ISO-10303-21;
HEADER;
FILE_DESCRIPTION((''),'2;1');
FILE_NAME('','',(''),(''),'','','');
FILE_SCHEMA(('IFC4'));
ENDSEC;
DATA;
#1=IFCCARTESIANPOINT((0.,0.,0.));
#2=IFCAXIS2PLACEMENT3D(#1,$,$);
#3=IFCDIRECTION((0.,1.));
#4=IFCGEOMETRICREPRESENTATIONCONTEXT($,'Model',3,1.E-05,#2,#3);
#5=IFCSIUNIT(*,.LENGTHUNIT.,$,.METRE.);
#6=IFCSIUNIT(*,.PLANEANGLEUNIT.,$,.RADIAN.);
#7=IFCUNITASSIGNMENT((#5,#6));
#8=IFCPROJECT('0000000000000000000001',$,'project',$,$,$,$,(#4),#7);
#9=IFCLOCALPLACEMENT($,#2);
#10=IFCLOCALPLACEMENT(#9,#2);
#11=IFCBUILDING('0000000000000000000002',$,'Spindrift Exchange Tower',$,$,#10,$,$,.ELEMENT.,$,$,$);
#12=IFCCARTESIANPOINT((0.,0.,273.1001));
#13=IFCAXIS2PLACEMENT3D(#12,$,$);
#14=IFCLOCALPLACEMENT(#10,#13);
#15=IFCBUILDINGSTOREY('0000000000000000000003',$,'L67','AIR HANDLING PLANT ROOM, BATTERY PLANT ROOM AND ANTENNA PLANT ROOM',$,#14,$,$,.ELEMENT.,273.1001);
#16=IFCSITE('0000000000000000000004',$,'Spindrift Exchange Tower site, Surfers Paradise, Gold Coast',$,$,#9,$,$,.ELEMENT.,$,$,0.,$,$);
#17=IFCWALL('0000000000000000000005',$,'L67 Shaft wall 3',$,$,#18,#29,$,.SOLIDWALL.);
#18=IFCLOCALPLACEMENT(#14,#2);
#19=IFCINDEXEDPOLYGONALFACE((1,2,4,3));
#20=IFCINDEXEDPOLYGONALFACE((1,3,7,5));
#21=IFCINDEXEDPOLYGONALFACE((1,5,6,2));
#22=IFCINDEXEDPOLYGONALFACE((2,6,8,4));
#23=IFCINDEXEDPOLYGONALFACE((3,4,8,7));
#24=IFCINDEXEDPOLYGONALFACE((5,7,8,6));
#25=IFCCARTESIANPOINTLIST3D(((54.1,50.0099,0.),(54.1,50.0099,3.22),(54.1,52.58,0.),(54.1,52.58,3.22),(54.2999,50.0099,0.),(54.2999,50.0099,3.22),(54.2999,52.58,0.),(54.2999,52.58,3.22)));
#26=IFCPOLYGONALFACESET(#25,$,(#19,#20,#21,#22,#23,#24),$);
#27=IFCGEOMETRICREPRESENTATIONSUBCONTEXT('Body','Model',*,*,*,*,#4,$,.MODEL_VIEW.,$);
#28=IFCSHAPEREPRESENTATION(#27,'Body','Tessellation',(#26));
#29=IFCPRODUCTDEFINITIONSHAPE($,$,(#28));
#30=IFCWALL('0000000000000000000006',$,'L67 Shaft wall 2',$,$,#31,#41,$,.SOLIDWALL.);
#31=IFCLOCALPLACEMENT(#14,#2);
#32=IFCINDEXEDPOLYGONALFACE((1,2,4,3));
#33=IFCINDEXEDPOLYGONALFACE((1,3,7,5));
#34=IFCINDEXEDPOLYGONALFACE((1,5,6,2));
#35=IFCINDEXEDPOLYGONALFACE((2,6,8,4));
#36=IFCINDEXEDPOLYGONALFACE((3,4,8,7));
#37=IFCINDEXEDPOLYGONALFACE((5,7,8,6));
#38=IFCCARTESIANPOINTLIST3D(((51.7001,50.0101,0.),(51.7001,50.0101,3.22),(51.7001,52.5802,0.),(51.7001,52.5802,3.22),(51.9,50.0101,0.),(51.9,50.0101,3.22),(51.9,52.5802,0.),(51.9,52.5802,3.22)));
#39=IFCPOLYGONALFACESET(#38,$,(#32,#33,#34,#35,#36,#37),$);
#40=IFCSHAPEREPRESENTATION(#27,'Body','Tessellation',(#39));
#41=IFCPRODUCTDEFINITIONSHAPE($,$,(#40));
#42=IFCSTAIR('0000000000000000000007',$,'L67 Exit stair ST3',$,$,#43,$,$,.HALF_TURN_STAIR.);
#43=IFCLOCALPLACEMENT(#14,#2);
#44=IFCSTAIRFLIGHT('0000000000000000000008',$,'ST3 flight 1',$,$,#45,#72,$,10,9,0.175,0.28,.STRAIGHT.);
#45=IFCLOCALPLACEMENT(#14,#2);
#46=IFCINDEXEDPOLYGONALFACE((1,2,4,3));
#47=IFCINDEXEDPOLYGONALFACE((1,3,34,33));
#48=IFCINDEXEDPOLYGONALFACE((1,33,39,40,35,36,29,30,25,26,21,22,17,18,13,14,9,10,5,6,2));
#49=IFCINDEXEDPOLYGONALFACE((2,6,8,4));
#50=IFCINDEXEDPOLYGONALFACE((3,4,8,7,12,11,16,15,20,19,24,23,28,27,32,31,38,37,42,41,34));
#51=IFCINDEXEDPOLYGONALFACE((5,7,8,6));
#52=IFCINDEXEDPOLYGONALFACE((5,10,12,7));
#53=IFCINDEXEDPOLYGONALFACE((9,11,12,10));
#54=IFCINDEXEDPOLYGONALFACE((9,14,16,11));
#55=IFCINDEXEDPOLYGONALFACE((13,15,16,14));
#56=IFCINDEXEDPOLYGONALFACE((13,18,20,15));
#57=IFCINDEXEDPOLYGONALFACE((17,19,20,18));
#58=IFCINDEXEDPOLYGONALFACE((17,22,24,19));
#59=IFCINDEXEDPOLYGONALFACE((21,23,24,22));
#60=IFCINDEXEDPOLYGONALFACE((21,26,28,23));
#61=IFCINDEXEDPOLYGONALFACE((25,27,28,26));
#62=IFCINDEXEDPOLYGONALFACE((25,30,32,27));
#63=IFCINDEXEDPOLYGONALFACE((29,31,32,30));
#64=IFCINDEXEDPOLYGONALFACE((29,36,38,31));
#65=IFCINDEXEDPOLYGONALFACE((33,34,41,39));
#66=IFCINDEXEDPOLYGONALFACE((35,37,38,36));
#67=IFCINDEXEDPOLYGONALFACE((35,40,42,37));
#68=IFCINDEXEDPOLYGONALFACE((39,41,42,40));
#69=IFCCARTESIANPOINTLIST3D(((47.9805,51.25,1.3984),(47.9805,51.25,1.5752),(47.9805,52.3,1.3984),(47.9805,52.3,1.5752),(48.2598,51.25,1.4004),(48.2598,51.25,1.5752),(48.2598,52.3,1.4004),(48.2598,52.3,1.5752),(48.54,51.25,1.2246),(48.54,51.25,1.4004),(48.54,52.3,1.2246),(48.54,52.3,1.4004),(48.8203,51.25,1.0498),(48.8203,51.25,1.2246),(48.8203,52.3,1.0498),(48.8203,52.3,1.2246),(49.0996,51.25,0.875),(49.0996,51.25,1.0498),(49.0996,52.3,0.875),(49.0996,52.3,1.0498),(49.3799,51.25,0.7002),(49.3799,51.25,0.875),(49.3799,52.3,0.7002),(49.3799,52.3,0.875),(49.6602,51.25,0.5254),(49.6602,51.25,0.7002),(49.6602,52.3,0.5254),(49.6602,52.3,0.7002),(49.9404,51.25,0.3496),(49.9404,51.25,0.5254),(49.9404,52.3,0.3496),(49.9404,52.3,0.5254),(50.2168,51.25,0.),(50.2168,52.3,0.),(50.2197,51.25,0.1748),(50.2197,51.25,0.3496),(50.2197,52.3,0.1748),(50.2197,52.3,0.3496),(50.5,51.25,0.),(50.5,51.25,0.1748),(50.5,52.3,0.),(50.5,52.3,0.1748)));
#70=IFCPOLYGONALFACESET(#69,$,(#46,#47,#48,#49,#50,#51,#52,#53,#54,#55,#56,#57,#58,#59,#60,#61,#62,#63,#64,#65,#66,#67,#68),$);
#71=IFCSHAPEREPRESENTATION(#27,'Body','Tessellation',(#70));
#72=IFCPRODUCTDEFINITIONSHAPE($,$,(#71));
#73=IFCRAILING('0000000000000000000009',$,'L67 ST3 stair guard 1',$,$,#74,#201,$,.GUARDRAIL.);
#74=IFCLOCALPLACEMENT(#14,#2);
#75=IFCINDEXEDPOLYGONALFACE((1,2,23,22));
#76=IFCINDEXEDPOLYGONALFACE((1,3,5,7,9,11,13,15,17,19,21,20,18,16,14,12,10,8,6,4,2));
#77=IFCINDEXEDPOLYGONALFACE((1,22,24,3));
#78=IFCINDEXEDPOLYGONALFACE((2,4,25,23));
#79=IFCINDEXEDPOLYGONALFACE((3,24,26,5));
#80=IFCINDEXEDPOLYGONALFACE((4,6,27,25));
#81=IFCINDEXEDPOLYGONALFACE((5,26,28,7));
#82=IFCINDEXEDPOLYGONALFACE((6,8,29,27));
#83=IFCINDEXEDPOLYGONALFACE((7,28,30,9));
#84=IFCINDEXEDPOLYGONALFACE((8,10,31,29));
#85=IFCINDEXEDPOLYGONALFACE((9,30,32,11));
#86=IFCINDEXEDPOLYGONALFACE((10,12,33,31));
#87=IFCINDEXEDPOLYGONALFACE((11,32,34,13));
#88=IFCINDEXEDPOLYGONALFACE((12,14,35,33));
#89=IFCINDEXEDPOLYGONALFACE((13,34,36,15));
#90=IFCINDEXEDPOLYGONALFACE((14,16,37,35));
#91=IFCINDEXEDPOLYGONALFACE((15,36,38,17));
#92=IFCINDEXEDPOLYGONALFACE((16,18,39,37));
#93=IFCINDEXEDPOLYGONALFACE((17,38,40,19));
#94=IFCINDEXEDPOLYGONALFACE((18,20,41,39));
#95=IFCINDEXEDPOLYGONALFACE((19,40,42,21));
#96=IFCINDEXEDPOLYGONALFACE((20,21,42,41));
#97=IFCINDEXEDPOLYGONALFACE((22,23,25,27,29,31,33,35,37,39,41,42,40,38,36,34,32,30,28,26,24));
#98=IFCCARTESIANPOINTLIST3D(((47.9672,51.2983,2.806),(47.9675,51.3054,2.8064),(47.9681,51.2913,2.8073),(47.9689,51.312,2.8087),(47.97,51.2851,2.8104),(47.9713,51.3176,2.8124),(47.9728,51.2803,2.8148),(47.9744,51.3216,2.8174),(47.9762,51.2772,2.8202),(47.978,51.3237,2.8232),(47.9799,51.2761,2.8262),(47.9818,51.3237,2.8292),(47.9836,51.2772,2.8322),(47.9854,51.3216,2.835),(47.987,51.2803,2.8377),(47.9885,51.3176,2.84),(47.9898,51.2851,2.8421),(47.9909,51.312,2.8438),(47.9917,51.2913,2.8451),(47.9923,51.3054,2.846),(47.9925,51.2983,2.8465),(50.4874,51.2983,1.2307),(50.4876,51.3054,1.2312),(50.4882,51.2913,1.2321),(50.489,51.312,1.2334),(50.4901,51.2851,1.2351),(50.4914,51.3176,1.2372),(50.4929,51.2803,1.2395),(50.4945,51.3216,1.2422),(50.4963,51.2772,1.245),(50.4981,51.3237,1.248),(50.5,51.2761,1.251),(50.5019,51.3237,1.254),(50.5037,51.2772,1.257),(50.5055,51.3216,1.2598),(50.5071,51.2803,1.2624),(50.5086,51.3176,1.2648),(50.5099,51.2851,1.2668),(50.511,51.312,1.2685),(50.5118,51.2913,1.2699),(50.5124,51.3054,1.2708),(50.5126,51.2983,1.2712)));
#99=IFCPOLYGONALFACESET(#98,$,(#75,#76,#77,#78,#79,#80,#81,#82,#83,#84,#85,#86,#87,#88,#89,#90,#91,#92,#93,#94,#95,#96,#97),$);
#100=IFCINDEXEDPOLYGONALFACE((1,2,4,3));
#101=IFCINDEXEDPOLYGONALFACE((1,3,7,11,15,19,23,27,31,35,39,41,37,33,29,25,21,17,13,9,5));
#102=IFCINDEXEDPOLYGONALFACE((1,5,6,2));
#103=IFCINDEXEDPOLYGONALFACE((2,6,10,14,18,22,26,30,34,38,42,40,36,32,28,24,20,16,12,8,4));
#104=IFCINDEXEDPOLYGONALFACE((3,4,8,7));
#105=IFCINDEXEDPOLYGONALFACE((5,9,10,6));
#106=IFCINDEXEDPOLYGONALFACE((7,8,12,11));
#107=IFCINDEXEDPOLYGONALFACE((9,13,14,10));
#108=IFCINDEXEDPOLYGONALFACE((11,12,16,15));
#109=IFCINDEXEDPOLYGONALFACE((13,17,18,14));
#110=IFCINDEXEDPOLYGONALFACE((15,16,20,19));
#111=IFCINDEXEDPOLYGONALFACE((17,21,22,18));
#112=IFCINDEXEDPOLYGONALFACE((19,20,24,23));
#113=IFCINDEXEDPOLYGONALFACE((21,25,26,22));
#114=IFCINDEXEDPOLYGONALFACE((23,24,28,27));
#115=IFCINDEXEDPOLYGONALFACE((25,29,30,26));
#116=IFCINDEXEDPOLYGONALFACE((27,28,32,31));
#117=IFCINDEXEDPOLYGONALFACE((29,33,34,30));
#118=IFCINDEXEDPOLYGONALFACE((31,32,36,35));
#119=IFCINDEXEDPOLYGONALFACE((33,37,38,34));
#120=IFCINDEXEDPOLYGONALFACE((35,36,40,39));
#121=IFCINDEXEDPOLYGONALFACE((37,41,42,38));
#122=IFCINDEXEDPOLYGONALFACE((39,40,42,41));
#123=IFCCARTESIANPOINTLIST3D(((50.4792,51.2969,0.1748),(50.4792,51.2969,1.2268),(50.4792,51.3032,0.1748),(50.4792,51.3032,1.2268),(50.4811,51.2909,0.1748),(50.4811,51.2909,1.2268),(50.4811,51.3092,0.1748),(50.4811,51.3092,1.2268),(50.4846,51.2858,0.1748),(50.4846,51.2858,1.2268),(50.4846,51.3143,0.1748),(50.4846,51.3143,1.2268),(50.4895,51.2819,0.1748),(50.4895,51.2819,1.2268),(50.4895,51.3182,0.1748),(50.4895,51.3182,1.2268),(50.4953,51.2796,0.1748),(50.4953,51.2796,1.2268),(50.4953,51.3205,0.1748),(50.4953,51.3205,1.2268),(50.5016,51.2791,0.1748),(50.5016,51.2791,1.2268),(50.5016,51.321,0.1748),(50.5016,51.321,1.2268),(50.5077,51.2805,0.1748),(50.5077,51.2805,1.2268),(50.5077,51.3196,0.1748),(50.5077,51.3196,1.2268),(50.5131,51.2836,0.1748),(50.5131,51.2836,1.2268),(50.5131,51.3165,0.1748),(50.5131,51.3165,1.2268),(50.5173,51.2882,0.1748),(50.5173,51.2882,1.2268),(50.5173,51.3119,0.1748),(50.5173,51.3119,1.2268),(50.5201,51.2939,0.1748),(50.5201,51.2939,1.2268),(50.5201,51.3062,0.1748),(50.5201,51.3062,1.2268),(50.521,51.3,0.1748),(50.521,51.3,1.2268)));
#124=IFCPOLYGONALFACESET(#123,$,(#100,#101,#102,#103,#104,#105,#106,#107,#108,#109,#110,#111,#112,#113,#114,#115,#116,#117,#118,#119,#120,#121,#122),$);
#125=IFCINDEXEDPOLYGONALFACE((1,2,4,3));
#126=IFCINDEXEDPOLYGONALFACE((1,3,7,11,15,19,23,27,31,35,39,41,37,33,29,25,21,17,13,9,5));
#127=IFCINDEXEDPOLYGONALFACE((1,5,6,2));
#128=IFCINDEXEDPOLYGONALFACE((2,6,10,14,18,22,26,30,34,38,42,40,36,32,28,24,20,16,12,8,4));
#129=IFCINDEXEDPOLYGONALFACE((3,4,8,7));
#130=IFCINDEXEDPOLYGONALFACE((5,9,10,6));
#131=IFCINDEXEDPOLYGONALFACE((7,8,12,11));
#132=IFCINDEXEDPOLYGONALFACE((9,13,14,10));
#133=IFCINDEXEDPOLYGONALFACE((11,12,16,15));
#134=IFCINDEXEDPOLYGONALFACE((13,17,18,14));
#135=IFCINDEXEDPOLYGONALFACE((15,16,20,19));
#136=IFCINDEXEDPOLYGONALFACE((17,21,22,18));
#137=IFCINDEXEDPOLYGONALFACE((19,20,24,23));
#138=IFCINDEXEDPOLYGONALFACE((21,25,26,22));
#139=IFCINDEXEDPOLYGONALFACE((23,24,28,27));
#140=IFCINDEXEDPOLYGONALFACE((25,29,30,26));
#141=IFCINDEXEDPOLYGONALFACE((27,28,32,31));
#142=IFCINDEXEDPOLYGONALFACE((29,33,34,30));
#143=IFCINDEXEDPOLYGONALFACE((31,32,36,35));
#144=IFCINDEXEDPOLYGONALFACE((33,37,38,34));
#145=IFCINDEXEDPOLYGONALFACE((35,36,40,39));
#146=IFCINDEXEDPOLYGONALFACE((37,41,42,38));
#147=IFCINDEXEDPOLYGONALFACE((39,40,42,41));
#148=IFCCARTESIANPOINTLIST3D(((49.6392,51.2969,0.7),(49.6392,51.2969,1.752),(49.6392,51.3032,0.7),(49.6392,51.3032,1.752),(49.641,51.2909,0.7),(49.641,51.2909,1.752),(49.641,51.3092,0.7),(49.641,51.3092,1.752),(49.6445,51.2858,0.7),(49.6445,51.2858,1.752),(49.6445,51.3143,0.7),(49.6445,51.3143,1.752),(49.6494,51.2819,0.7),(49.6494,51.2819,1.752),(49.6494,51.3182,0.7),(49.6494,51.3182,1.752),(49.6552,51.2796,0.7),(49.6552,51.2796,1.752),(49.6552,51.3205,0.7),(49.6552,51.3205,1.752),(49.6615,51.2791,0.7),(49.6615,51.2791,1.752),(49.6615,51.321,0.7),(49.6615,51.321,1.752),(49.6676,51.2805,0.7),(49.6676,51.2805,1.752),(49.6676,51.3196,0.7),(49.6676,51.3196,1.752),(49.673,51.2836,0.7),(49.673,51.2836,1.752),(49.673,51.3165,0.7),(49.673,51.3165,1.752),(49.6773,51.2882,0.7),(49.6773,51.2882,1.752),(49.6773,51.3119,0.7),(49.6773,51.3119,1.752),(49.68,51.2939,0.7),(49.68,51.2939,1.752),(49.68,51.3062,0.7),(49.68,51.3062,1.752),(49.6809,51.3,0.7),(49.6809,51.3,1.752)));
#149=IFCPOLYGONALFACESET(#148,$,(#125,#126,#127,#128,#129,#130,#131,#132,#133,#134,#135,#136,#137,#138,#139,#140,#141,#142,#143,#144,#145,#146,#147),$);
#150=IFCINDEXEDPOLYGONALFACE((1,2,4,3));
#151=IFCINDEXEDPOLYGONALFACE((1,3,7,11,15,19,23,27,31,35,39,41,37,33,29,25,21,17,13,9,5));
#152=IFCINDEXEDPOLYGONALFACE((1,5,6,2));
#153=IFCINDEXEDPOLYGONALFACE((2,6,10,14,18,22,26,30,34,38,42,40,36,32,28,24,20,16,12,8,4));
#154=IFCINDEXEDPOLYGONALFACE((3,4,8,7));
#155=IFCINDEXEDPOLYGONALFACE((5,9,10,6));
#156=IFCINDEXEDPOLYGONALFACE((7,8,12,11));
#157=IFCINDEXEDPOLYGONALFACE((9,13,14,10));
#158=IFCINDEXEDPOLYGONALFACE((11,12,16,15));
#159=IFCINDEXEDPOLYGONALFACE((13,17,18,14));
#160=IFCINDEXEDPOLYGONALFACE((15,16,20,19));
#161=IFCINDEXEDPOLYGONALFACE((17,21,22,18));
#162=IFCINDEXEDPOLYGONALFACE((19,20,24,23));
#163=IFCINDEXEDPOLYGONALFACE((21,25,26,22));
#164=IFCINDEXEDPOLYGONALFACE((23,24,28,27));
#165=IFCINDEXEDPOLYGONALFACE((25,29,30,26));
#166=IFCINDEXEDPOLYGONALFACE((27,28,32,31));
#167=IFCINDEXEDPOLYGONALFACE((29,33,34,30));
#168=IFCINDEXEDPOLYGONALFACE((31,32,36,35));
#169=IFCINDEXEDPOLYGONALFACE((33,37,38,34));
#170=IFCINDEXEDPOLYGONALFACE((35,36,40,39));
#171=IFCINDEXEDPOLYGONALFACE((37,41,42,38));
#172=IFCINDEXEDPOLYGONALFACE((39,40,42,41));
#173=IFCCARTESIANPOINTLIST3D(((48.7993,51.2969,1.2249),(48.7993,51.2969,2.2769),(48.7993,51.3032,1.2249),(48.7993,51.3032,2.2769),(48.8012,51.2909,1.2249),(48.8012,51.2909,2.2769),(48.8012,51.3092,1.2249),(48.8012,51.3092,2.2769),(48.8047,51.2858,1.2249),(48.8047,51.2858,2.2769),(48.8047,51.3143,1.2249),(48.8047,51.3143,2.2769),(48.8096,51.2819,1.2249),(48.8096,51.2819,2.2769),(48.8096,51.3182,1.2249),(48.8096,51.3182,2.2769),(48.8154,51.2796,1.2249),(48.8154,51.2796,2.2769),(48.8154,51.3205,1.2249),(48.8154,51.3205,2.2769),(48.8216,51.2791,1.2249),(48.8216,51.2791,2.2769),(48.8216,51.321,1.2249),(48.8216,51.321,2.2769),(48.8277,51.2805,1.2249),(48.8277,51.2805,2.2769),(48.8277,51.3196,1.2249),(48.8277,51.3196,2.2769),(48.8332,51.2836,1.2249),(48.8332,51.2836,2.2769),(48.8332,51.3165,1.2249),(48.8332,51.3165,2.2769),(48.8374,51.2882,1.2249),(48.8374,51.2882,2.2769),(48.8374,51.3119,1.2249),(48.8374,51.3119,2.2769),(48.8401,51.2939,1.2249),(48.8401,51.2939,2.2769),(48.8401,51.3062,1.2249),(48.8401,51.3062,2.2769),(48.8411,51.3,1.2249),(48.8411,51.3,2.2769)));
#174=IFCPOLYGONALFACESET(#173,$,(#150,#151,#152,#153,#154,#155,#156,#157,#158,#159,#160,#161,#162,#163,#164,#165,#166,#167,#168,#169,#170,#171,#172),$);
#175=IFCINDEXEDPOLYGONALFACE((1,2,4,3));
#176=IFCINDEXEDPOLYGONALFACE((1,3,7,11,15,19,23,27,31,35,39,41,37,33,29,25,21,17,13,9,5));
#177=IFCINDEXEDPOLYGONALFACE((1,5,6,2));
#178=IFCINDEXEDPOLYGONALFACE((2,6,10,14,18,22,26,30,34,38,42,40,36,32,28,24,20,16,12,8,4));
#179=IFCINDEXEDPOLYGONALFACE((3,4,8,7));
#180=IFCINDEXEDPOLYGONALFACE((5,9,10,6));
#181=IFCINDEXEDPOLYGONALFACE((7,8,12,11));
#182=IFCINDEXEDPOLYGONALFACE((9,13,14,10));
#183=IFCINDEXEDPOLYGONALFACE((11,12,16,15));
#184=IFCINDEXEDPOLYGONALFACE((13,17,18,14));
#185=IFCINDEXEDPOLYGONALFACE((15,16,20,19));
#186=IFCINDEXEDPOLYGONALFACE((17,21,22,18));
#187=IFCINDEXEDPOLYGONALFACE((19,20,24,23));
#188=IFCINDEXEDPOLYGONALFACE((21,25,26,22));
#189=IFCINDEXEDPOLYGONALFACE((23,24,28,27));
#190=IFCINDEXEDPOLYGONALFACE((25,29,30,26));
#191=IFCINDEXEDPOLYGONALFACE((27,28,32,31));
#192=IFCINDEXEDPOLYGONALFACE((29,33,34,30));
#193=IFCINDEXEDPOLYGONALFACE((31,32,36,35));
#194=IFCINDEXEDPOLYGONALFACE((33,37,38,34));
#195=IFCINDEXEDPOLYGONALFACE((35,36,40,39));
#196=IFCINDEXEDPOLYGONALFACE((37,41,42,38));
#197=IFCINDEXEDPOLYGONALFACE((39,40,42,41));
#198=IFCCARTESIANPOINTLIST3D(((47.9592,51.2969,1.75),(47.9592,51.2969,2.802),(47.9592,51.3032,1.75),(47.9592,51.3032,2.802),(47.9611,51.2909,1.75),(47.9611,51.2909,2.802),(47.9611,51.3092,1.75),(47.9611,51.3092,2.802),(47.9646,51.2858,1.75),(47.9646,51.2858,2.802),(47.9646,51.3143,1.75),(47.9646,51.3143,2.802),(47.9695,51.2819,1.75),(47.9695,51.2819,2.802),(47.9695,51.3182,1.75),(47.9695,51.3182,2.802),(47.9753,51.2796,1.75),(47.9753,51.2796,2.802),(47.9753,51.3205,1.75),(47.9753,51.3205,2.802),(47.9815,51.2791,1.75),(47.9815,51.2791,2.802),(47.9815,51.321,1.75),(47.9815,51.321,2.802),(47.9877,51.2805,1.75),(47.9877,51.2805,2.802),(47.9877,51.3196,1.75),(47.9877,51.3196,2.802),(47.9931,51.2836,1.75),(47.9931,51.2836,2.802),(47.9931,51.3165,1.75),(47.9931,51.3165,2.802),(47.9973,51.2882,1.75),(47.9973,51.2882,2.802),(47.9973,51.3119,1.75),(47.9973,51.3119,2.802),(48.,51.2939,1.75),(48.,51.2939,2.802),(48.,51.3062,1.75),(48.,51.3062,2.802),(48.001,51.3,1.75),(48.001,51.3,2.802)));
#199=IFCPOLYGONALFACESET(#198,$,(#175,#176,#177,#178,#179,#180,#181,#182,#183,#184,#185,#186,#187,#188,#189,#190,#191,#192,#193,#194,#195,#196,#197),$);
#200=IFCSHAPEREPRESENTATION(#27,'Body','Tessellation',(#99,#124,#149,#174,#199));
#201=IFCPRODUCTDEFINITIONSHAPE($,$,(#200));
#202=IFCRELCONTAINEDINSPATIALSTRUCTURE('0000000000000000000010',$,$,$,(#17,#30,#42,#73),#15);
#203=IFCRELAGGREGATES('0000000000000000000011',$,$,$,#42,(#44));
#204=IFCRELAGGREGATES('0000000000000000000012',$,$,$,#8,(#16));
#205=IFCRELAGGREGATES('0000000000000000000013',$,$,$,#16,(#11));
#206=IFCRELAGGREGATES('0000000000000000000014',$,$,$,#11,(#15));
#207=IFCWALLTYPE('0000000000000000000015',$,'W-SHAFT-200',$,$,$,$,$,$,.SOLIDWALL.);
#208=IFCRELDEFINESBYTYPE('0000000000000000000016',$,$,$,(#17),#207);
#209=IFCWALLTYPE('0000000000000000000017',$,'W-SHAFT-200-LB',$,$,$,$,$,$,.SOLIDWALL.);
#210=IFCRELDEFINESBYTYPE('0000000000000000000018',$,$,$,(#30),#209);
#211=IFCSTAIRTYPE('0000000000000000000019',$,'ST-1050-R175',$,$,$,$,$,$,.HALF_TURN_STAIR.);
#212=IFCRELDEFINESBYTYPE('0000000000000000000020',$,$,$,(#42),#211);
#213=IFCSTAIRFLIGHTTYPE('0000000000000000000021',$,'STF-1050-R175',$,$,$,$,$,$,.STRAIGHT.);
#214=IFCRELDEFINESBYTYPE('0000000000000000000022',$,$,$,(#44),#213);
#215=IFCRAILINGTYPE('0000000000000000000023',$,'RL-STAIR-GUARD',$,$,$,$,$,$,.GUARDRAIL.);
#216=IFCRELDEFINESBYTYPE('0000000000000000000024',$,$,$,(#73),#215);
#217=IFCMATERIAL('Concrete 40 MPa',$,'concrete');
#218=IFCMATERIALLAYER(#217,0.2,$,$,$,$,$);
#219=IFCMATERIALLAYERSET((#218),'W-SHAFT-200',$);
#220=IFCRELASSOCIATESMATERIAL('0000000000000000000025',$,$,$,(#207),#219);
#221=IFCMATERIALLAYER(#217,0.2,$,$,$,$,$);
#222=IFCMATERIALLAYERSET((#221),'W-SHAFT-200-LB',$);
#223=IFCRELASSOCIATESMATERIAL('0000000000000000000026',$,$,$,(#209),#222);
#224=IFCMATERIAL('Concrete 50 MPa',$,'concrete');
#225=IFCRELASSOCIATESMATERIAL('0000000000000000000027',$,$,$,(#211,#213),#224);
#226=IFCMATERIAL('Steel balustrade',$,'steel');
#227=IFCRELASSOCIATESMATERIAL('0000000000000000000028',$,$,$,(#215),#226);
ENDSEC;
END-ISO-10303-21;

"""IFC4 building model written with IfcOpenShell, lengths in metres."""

from ifc_helpers import new_model, si_unit, direction, frame, frame_2d, origin, origin_2d, place, context, subcontext, project, spatial, line, indexed_curve, rectangle, circle, outline, extrude, material, layer, layer_set, type_object, element, aggregate, save


model = new_model("IFC4")

# Units and contexts
model_context = context("Model", 3, precision=1e-05, world=origin(), true_north=direction((0.0, 1.0)))
body_context = subcontext(model_context, "Body", "Model", "MODEL_VIEW")
ifc_project = project(units=[si_unit("LENGTHUNIT", "METRE"), si_unit("PLANEANGLEUNIT", "RADIAN")], contexts=[model_context])

# Site, building, storey
site_placement = place(None, origin())
site = spatial("IfcSite", under=ifc_project, at=site_placement, Name="Spindrift Exchange Tower site, Surfers Paradise, Gold Coast", CompositionType="ELEMENT", RefElevation=0.0)
building_placement = place(site_placement, origin())
building = spatial("IfcBuilding", under=site, at=building_placement, Name="Spindrift Exchange Tower", CompositionType="ELEMENT")
storey_placement = place(building_placement, frame((0.0, 0.0, 273.1001)))
storey = spatial("IfcBuildingStorey", under=building, at=storey_placement, Name="L67", Description="AIR HANDLING PLANT ROOM, BATTERY PLANT ROOM AND ANTENNA PLANT ROOM", CompositionType="ELEMENT", Elevation=273.1001)

# Shared definitions
ifc_material_1 = material(Name="Concrete 40 MPa", Category="concrete")

# Walls
ifc_layer_1 = layer(ifc_material_1, 0.2)
ifc_layer_set_1 = layer_set([ifc_layer_1], Name="W-SHAFT-200")
wall_type_1 = type_object("IfcWallType", Name="W-SHAFT-200", PredefinedType="SOLIDWALL", material=ifc_layer_set_1)
wall_1_placement = place(storey_placement, frame((54.2, 52.5801, 0.0), z_axis=(0.0, 0.0, 1.0), x_axis=(0.0, -1.0, 0.0)))
element("IfcWall", 1, at=wall_1_placement, inside=storey, type_object=wall_type_1, Name="L67 Shaft wall 3", PredefinedType="SOLIDWALL", context=body_context, shape_type="SweptSolid", body=[
    extrude(rectangle(XDim=2.5701, YDim=0.2, at=frame_2d((1.2852, 0.0))), origin(), (0.0, 0.0, 1.0), 3.22),
])
ifc_layer_2 = layer(ifc_material_1, 0.2)
ifc_layer_set_2 = layer_set([ifc_layer_2], Name="W-SHAFT-200-LB")
wall_type_2 = type_object("IfcWallType", Name="W-SHAFT-200-LB", PredefinedType="SOLIDWALL", material=ifc_layer_set_2)
wall_2_placement = place(storey_placement, frame((51.8, 50.01, 0.0), z_axis=(0.0, 0.0, 1.0), x_axis=(0.0, 1.0, 0.0)))
element("IfcWall", 2, at=wall_2_placement, inside=storey, type_object=wall_type_2, Name="L67 Shaft wall 2", PredefinedType="SOLIDWALL", context=body_context, shape_type="SweptSolid", body=[
    extrude(rectangle(XDim=2.5701, YDim=0.2, at=frame_2d((1.2852, 0.0))), origin(), (0.0, 0.0, 1.0), 3.22),
])

# Stair, stair flight
ifc_material_2 = material(Name="Concrete 50 MPa", Category="concrete")
stair_type = type_object("IfcStairType", Name="ST-1050-R175", PredefinedType="HALF_TURN_STAIR", material=ifc_material_2)
stair_placement = place(storey_placement, origin())
stair = element("IfcStair", 3, at=stair_placement, inside=storey, type_object=stair_type, Name="L67 Exit stair ST3", PredefinedType="HALF_TURN_STAIR")
stair_flight_type = type_object("IfcStairFlightType", Name="STF-1050-R175", PredefinedType="STRAIGHT", material=ifc_material_2)
stair_flight_placement = place(storey_placement, frame((50.5, 51.7749, 0.0), z_axis=(0.0, 0.0, 1.0), x_axis=(-1.0, 0.0, 0.0)))
stair_flight = element("IfcStairFlight", 4, at=stair_flight_placement, type_object=stair_flight_type, Name="ST3 flight 1", NumberOfRisers=10, NumberOfTreads=9, PredefinedType="STRAIGHT", RiserHeight=0.175, TreadLength=0.28, context=body_context, shape_type="SweptSolid", body=[
    extrude(outline(indexed_curve([(0.0, 0.0), (0.0, 0.1748), (0.2803, 0.1748), (0.2803, 0.3496), (0.5596, 0.3496), (0.5596, 0.5254), (0.8398, 0.5254), (0.8398, 0.7002), (1.1201, 0.7002), (1.1201, 0.875), (1.4004, 0.875), (1.4004, 1.0498), (1.6797, 1.0498), (1.6797, 1.2246), (1.96, 1.2246), (1.96, 1.4004), (2.2402, 1.4004), (2.2402, 1.5752), (2.5195, 1.5752), (2.5195, 1.75), (2.5195, 1.3984), (0.2832, 0.0)], segments=[line(1, 2, 3, 4, 5, 6, 7, 8, 9, 10, 11, 12, 13, 14, 15, 16, 17, 18, 19, 20, 21, 22, 1)], self_intersect=False)), frame((0.0, 0.5249, 0.0), z_axis=(0.0, -1.0, 0.0), x_axis=(1.0, 0.0, 0.0)), (0.0, 0.0, 1.0), 1.05),
])
aggregate(stair, [stair_flight])

# Railing
ifc_material_3 = material(Name="Steel balustrade", Category="steel")
railing_type_1 = type_object("IfcRailingType", Name="RL-STAIR-GUARD", PredefinedType="GUARDRAIL", material=ifc_material_3)
railing_1_placement = place(storey_placement, frame((50.5, 51.3, 0.1748)))
element("IfcRailing", 5, at=railing_1_placement, inside=storey, type_object=railing_type_1, Name="L67 ST3 stair guard 1", PredefinedType="GUARDRAIL", context=body_context, shape_type="SweptSolid", body=[
    extrude(circle(Radius=0.0239, at=origin_2d()), frame((0.0, 0.0, 1.0762), z_axis=(-0.847971, 0.0, 0.530043), x_axis=(0.0, -1.0, 0.0)), (0.0, 0.0, 1.0), 2.9719),
    extrude(circle(Radius=0.021, at=origin_2d()), origin(), (0.0, 0.0, 1.0), 1.052),
    extrude(circle(Radius=0.021, at=origin_2d()), frame((-0.8401, 0.0, 0.5251)), (0.0, 0.0, 1.0), 1.052),
    extrude(circle(Radius=0.021, at=origin_2d()), frame((-1.6799, 0.0, 1.05)), (0.0, 0.0, 1.0), 1.052),
    extrude(circle(Radius=0.021, at=origin_2d()), frame((-2.52, 0.0, 1.5752)), (0.0, 0.0, 1.0), 1.052),
])

save(model, "model.ifc")
